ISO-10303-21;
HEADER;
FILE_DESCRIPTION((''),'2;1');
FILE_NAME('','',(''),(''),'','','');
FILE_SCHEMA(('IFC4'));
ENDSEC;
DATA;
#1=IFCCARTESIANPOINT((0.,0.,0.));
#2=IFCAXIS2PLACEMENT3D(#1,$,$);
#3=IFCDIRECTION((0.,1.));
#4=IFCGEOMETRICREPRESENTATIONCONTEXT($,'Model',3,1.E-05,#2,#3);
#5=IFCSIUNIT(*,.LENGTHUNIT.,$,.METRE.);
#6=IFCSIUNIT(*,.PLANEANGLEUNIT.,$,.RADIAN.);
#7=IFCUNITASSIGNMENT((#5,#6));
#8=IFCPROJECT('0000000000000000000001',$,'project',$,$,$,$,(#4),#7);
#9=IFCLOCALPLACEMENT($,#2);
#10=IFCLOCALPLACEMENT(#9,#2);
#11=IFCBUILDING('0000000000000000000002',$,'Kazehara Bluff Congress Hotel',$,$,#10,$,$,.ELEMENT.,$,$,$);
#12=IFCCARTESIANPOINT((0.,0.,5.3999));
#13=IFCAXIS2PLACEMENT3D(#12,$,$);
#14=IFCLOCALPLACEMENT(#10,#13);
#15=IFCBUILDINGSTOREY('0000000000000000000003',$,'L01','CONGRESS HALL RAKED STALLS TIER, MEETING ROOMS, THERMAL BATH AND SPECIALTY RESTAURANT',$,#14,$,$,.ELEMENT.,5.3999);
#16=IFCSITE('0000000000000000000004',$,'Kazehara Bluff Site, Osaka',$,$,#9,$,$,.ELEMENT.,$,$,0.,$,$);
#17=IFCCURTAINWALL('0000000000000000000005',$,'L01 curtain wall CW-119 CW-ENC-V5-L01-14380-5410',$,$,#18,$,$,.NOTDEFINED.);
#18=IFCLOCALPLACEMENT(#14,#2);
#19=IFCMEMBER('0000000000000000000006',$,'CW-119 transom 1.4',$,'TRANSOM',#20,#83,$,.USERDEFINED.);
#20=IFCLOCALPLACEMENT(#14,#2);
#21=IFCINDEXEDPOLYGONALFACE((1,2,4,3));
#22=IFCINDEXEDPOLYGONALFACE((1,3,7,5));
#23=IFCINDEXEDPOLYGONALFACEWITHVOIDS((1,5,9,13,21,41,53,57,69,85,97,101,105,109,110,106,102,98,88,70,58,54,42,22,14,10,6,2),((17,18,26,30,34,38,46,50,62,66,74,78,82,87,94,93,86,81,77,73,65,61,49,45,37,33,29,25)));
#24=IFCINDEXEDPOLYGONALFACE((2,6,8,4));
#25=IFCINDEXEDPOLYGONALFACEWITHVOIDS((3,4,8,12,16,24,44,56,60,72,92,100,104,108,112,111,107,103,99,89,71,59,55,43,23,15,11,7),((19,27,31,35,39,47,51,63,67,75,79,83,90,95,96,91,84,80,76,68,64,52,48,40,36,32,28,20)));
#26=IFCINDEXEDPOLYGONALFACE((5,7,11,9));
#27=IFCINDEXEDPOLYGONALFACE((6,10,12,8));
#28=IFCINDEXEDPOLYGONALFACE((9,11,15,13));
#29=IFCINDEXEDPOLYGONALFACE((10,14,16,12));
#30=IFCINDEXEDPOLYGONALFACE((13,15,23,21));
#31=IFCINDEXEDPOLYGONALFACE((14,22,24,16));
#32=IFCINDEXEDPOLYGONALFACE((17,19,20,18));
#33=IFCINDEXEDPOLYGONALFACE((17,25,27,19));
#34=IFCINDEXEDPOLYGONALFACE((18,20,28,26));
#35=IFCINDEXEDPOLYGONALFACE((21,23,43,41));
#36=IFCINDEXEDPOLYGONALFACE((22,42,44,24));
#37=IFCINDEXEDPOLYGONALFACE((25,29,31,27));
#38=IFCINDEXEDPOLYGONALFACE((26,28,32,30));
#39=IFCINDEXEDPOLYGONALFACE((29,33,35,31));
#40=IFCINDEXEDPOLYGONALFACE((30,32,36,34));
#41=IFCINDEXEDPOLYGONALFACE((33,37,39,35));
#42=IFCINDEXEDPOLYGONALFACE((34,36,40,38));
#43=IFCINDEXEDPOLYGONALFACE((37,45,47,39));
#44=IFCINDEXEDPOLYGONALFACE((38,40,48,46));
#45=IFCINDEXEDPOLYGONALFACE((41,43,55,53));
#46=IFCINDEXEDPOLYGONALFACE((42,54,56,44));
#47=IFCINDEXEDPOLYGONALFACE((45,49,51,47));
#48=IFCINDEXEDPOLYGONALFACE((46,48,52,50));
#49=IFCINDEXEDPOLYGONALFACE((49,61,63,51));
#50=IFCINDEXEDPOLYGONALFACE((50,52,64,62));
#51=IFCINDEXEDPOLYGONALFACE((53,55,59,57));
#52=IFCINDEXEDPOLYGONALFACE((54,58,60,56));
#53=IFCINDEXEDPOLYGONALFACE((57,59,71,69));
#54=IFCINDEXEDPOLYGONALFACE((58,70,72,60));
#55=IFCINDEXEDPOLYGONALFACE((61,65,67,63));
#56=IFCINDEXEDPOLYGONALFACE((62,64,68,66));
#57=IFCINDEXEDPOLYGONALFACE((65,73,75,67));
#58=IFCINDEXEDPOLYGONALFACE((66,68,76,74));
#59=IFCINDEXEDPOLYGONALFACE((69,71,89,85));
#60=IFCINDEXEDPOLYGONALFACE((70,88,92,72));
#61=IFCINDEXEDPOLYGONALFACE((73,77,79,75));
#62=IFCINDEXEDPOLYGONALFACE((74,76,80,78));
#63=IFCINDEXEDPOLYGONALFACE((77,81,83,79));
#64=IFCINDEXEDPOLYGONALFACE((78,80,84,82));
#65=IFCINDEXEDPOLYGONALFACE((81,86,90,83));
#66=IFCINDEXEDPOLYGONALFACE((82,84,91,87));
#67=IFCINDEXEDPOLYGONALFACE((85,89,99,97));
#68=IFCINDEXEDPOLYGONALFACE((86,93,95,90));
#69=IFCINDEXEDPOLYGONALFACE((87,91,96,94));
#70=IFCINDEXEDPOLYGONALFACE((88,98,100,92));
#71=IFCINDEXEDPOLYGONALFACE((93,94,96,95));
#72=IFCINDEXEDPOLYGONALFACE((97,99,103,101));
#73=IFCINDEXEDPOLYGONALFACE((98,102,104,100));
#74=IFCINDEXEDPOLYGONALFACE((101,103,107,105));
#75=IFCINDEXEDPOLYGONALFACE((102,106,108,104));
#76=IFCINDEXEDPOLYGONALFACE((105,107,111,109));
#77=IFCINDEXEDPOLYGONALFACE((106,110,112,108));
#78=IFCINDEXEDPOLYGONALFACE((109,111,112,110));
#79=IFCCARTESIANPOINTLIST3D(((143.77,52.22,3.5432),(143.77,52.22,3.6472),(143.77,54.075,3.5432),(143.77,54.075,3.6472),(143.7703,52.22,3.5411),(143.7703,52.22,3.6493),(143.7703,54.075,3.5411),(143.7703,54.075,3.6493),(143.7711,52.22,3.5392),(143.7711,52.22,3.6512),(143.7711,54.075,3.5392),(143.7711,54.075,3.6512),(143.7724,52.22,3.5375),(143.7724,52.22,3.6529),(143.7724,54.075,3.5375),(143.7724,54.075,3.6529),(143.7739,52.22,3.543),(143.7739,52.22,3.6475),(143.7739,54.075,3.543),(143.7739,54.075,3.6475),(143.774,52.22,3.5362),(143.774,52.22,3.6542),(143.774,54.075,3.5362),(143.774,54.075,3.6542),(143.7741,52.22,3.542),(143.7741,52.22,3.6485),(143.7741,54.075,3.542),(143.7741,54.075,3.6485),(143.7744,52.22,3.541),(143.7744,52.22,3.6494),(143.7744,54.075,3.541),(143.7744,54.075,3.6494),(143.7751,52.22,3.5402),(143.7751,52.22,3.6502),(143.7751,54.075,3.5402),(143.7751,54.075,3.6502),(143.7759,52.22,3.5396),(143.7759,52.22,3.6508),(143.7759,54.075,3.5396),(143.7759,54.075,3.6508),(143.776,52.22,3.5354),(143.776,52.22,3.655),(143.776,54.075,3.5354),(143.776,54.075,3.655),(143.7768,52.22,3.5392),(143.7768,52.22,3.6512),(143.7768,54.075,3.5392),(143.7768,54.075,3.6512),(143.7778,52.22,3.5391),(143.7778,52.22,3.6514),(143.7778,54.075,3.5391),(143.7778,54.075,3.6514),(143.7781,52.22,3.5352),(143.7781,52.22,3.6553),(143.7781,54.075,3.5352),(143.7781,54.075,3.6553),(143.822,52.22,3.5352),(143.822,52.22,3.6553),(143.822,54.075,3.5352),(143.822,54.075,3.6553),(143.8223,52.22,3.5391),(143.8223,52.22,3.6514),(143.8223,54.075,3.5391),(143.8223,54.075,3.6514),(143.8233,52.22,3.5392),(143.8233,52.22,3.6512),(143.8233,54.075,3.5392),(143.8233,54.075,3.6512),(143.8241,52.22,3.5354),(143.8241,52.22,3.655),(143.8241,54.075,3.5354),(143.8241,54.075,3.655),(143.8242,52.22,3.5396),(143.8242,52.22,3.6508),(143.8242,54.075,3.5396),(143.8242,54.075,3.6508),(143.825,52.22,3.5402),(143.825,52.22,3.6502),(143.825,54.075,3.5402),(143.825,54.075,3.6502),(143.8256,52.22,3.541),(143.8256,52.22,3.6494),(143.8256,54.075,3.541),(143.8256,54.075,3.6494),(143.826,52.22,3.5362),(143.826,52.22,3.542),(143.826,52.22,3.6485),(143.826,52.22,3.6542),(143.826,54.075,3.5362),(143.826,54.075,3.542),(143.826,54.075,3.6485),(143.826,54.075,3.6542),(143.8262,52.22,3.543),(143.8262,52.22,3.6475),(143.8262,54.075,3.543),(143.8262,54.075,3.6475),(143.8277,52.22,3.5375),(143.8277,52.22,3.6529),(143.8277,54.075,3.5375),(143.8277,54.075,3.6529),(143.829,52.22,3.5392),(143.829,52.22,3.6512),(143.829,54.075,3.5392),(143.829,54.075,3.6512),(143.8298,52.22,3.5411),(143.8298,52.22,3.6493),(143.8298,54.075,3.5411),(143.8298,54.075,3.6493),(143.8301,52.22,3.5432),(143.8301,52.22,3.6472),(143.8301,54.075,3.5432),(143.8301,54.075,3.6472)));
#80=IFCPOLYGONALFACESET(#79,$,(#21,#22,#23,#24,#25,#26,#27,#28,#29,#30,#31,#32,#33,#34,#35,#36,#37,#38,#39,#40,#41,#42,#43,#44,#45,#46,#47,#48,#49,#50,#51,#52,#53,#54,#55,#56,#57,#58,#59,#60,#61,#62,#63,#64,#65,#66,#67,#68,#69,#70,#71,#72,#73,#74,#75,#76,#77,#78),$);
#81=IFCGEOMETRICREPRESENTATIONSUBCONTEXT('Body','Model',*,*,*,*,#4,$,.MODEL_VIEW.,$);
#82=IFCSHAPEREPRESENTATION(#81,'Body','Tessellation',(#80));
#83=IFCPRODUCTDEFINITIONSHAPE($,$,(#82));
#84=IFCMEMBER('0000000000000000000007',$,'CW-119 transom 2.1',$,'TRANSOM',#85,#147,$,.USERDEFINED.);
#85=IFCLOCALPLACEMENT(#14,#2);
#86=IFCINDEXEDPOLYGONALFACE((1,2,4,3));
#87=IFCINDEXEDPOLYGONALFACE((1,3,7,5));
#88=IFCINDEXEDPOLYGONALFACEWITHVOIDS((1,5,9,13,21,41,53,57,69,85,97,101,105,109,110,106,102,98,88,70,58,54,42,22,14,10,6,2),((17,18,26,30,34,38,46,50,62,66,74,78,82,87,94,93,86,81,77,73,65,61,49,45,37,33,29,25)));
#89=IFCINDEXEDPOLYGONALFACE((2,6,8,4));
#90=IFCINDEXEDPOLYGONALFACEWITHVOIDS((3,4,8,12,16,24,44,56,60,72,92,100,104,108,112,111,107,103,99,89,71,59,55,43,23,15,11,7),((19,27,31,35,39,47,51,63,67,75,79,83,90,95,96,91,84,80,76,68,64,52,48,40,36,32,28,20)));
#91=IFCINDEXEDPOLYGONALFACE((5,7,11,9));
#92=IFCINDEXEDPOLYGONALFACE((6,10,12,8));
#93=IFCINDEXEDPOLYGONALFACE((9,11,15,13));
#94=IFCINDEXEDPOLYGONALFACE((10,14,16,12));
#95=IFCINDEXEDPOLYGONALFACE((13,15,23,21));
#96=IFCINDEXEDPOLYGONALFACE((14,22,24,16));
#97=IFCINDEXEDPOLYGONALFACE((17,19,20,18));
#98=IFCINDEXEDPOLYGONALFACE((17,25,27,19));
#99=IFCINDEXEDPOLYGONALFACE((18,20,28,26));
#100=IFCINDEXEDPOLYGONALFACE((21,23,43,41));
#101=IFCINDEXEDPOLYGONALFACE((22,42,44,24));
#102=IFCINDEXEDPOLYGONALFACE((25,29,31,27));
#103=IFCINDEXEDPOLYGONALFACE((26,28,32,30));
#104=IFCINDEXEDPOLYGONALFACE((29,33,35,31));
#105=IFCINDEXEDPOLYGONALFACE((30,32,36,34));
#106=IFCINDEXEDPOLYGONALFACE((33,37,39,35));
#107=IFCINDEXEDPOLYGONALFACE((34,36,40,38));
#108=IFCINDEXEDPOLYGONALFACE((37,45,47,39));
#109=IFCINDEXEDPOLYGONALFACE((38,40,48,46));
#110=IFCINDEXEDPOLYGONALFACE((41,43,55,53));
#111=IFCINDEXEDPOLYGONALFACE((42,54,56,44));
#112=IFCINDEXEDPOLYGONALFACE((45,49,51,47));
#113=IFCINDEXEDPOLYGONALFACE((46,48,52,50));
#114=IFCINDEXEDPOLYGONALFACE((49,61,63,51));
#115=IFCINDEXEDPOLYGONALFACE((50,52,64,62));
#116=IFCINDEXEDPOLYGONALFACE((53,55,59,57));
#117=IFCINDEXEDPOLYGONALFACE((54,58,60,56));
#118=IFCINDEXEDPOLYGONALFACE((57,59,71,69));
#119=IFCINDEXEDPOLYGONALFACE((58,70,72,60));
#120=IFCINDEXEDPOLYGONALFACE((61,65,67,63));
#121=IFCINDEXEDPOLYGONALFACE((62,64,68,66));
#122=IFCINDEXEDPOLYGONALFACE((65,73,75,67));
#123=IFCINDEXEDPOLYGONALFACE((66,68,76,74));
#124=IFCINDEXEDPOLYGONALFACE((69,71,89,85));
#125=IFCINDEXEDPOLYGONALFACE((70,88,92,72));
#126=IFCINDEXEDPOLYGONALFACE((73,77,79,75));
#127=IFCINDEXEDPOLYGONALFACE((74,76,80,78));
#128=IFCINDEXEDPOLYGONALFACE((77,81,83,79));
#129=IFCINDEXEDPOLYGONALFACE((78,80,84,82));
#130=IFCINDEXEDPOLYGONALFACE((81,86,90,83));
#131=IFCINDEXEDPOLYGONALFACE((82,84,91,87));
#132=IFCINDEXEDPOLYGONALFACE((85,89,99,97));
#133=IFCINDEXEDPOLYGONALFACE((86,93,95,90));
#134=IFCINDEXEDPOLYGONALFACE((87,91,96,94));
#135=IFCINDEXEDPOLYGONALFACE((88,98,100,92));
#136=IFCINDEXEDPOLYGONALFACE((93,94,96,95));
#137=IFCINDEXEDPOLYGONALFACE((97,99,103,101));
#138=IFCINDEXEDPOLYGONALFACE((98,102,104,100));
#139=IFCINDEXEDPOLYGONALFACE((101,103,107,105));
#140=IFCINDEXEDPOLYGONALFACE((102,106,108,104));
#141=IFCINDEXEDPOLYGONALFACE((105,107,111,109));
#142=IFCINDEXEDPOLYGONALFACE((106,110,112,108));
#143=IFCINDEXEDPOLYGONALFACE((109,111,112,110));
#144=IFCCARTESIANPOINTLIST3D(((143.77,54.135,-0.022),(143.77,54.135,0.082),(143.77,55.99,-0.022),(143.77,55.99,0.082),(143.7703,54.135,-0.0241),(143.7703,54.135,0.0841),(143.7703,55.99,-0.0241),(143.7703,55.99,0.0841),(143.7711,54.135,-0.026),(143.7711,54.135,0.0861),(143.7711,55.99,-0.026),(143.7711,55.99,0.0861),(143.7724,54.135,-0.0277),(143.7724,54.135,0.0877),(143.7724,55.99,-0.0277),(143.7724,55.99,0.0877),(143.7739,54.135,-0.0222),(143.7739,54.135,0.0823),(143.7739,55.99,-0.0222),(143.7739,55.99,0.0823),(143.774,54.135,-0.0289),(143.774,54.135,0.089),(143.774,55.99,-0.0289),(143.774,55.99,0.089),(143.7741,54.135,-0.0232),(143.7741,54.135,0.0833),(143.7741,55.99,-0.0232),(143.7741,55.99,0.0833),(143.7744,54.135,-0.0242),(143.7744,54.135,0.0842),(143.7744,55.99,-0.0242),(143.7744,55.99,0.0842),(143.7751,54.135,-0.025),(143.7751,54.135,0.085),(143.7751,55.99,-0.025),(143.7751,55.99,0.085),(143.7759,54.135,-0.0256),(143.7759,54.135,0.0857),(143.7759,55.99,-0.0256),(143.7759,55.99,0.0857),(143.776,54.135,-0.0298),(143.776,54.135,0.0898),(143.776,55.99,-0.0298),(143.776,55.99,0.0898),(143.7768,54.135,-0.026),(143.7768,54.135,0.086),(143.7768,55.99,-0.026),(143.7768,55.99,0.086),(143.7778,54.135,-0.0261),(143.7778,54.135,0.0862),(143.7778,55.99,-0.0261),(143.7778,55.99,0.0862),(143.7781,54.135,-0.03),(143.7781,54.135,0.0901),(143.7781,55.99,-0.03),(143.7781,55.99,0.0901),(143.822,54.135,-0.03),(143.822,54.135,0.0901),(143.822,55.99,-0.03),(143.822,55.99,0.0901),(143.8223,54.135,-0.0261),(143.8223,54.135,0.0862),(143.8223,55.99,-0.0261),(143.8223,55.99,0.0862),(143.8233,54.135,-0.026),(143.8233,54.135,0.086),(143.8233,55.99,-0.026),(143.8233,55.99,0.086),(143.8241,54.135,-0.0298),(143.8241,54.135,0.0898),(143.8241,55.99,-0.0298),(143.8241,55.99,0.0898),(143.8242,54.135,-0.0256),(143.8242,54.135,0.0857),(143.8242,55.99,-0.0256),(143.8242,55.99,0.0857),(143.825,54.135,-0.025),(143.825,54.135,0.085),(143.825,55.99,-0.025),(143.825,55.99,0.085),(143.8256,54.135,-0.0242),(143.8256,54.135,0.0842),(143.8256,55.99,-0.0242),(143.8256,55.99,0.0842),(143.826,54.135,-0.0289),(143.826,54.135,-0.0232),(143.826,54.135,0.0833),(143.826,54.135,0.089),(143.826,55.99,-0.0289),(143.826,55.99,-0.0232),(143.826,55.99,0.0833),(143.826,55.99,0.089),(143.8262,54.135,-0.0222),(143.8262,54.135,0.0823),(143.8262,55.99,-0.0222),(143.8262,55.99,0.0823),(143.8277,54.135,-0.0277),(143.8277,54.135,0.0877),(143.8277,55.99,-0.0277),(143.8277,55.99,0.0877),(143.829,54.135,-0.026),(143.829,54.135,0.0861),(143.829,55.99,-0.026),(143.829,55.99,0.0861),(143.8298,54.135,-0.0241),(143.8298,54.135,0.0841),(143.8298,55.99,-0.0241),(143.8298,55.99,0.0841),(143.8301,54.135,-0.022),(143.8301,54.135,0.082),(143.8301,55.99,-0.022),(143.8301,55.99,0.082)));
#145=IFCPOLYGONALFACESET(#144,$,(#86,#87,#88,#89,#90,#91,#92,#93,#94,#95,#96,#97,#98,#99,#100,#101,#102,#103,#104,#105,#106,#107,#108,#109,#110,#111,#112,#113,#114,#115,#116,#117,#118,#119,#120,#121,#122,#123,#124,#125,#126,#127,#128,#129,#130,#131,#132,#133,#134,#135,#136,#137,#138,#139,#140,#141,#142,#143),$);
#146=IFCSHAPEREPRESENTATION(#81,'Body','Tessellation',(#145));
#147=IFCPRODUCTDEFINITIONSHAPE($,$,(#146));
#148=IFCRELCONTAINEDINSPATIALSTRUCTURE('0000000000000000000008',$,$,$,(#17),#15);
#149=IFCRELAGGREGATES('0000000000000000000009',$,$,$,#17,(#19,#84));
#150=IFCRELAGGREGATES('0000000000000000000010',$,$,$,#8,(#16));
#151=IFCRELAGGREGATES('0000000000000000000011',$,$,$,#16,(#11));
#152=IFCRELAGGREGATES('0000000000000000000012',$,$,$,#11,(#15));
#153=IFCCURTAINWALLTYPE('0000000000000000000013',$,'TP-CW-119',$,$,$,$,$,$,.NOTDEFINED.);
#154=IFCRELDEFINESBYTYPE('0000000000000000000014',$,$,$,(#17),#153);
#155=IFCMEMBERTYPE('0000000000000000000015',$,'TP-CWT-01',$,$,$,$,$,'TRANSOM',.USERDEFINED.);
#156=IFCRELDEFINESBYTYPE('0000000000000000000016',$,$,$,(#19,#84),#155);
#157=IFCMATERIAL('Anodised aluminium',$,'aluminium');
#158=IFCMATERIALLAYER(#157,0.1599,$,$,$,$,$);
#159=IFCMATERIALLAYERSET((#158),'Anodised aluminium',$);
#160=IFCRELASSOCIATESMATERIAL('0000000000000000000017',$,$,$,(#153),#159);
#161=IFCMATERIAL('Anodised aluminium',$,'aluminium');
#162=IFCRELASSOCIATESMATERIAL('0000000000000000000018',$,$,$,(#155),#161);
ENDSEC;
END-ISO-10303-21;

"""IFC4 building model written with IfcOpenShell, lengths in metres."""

from ifc_helpers import new_model, si_unit, direction, frame, origin, origin_2d, place, context, subcontext, project, spatial, hollow_rectangle, extrude, material, layer, layer_set, material_profile, profile_set, type_object, element, aggregate, save


model = new_model("IFC4")

# Units and contexts
model_context = context("Model", 3, precision=1e-05, world=origin(), true_north=direction((0.0, 1.0)))
body_context = subcontext(model_context, "Body", "Model", "MODEL_VIEW")
ifc_project = project(units=[si_unit("LENGTHUNIT", "METRE"), si_unit("PLANEANGLEUNIT", "RADIAN")], contexts=[model_context])

# Site, building, storey
site_placement = place(None, origin())
site = spatial("IfcSite", under=ifc_project, at=site_placement, Name="Kazehara Bluff Site, Osaka", CompositionType="ELEMENT", RefElevation=0.0)
building_placement = place(site_placement, origin())
building = spatial("IfcBuilding", under=site, at=building_placement, Name="Kazehara Bluff Congress Hotel", CompositionType="ELEMENT")
storey_placement = place(building_placement, frame((0.0, 0.0, 5.3999)))
storey = spatial("IfcBuildingStorey", under=building, at=storey_placement, Name="L01", Description="CONGRESS HALL RAKED STALLS TIER, MEETING ROOMS, THERMAL BATH AND SPECIALTY RESTAURANT", CompositionType="ELEMENT", Elevation=5.3999)

# Curtain wall
ifc_material_1 = material(Name="Anodised aluminium", Category="aluminium")
ifc_layer_1 = layer(ifc_material_1, 0.1599)
ifc_layer_set_1 = layer_set([ifc_layer_1], Name="Anodised aluminium")
curtain_wall_type_1 = type_object("IfcCurtainWallType", Name="TP-CW-119", PredefinedType="NOTDEFINED", material=ifc_layer_set_1)
curtain_wall_1_placement = place(storey_placement, origin())
curtain_wall_1 = element("IfcCurtainWall", 1, at=curtain_wall_1_placement, inside=storey, type_object=curtain_wall_type_1, Name="L01 curtain wall CW-119 CW-ENC-V5-L01-14380-5410", PredefinedType="NOTDEFINED")

# Members
ifc_material_2 = material(Name="Anodised aluminium", Category="aluminium")
ifc_material_profile_1 = material_profile(ifc_material_2, hollow_rectangle(XDim=0.0601, YDim=0.1201, WallThickness=0.0039, InnerFilletRadius=0.0039, OuterFilletRadius=0.0081, at=origin_2d()))
ifc_profile_set_1 = profile_set([ifc_material_profile_1], Name="Anodised aluminium")
member_type_1 = type_object("IfcMemberType", Name="TP-CWT-01", ElementType="TRANSOM", PredefinedType="USERDEFINED", material=ifc_profile_set_1)
member_1_placement = place(storey_placement, frame((143.8, 52.22, 3.5952), z_axis=(0.0, 1.0, 0.0), x_axis=(-1.0, 0.0, 0.0)))
member_1 = element("IfcMember", 2, at=member_1_placement, type_object=member_type_1, Name="CW-119 transom 1.4", ObjectType="TRANSOM", PredefinedType="USERDEFINED", context=body_context, shape_type="SweptSolid", body=[
    extrude(hollow_rectangle(XDim=0.0601, YDim=0.1201, WallThickness=0.0039, InnerFilletRadius=0.0039, OuterFilletRadius=0.0081, at=origin_2d()), origin(), (0.0, 0.0, 1.0), 1.855),
])
member_2_placement = place(storey_placement, frame((143.8, 54.135, 0.03), z_axis=(0.0, 1.0, 0.0), x_axis=(-1.0, 0.0, 0.0)))
member_2 = element("IfcMember", 3, at=member_2_placement, type_object=member_type_1, Name="CW-119 transom 2.1", ObjectType="TRANSOM", PredefinedType="USERDEFINED", context=body_context, shape_type="SweptSolid", body=[
    extrude(hollow_rectangle(XDim=0.0601, YDim=0.1201, WallThickness=0.0039, InnerFilletRadius=0.0039, OuterFilletRadius=0.0081, at=origin_2d()), origin(), (0.0, 0.0, 1.0), 1.855),
])

aggregate(curtain_wall_1, [member_1, member_2])

save(model, "model.ifc")
